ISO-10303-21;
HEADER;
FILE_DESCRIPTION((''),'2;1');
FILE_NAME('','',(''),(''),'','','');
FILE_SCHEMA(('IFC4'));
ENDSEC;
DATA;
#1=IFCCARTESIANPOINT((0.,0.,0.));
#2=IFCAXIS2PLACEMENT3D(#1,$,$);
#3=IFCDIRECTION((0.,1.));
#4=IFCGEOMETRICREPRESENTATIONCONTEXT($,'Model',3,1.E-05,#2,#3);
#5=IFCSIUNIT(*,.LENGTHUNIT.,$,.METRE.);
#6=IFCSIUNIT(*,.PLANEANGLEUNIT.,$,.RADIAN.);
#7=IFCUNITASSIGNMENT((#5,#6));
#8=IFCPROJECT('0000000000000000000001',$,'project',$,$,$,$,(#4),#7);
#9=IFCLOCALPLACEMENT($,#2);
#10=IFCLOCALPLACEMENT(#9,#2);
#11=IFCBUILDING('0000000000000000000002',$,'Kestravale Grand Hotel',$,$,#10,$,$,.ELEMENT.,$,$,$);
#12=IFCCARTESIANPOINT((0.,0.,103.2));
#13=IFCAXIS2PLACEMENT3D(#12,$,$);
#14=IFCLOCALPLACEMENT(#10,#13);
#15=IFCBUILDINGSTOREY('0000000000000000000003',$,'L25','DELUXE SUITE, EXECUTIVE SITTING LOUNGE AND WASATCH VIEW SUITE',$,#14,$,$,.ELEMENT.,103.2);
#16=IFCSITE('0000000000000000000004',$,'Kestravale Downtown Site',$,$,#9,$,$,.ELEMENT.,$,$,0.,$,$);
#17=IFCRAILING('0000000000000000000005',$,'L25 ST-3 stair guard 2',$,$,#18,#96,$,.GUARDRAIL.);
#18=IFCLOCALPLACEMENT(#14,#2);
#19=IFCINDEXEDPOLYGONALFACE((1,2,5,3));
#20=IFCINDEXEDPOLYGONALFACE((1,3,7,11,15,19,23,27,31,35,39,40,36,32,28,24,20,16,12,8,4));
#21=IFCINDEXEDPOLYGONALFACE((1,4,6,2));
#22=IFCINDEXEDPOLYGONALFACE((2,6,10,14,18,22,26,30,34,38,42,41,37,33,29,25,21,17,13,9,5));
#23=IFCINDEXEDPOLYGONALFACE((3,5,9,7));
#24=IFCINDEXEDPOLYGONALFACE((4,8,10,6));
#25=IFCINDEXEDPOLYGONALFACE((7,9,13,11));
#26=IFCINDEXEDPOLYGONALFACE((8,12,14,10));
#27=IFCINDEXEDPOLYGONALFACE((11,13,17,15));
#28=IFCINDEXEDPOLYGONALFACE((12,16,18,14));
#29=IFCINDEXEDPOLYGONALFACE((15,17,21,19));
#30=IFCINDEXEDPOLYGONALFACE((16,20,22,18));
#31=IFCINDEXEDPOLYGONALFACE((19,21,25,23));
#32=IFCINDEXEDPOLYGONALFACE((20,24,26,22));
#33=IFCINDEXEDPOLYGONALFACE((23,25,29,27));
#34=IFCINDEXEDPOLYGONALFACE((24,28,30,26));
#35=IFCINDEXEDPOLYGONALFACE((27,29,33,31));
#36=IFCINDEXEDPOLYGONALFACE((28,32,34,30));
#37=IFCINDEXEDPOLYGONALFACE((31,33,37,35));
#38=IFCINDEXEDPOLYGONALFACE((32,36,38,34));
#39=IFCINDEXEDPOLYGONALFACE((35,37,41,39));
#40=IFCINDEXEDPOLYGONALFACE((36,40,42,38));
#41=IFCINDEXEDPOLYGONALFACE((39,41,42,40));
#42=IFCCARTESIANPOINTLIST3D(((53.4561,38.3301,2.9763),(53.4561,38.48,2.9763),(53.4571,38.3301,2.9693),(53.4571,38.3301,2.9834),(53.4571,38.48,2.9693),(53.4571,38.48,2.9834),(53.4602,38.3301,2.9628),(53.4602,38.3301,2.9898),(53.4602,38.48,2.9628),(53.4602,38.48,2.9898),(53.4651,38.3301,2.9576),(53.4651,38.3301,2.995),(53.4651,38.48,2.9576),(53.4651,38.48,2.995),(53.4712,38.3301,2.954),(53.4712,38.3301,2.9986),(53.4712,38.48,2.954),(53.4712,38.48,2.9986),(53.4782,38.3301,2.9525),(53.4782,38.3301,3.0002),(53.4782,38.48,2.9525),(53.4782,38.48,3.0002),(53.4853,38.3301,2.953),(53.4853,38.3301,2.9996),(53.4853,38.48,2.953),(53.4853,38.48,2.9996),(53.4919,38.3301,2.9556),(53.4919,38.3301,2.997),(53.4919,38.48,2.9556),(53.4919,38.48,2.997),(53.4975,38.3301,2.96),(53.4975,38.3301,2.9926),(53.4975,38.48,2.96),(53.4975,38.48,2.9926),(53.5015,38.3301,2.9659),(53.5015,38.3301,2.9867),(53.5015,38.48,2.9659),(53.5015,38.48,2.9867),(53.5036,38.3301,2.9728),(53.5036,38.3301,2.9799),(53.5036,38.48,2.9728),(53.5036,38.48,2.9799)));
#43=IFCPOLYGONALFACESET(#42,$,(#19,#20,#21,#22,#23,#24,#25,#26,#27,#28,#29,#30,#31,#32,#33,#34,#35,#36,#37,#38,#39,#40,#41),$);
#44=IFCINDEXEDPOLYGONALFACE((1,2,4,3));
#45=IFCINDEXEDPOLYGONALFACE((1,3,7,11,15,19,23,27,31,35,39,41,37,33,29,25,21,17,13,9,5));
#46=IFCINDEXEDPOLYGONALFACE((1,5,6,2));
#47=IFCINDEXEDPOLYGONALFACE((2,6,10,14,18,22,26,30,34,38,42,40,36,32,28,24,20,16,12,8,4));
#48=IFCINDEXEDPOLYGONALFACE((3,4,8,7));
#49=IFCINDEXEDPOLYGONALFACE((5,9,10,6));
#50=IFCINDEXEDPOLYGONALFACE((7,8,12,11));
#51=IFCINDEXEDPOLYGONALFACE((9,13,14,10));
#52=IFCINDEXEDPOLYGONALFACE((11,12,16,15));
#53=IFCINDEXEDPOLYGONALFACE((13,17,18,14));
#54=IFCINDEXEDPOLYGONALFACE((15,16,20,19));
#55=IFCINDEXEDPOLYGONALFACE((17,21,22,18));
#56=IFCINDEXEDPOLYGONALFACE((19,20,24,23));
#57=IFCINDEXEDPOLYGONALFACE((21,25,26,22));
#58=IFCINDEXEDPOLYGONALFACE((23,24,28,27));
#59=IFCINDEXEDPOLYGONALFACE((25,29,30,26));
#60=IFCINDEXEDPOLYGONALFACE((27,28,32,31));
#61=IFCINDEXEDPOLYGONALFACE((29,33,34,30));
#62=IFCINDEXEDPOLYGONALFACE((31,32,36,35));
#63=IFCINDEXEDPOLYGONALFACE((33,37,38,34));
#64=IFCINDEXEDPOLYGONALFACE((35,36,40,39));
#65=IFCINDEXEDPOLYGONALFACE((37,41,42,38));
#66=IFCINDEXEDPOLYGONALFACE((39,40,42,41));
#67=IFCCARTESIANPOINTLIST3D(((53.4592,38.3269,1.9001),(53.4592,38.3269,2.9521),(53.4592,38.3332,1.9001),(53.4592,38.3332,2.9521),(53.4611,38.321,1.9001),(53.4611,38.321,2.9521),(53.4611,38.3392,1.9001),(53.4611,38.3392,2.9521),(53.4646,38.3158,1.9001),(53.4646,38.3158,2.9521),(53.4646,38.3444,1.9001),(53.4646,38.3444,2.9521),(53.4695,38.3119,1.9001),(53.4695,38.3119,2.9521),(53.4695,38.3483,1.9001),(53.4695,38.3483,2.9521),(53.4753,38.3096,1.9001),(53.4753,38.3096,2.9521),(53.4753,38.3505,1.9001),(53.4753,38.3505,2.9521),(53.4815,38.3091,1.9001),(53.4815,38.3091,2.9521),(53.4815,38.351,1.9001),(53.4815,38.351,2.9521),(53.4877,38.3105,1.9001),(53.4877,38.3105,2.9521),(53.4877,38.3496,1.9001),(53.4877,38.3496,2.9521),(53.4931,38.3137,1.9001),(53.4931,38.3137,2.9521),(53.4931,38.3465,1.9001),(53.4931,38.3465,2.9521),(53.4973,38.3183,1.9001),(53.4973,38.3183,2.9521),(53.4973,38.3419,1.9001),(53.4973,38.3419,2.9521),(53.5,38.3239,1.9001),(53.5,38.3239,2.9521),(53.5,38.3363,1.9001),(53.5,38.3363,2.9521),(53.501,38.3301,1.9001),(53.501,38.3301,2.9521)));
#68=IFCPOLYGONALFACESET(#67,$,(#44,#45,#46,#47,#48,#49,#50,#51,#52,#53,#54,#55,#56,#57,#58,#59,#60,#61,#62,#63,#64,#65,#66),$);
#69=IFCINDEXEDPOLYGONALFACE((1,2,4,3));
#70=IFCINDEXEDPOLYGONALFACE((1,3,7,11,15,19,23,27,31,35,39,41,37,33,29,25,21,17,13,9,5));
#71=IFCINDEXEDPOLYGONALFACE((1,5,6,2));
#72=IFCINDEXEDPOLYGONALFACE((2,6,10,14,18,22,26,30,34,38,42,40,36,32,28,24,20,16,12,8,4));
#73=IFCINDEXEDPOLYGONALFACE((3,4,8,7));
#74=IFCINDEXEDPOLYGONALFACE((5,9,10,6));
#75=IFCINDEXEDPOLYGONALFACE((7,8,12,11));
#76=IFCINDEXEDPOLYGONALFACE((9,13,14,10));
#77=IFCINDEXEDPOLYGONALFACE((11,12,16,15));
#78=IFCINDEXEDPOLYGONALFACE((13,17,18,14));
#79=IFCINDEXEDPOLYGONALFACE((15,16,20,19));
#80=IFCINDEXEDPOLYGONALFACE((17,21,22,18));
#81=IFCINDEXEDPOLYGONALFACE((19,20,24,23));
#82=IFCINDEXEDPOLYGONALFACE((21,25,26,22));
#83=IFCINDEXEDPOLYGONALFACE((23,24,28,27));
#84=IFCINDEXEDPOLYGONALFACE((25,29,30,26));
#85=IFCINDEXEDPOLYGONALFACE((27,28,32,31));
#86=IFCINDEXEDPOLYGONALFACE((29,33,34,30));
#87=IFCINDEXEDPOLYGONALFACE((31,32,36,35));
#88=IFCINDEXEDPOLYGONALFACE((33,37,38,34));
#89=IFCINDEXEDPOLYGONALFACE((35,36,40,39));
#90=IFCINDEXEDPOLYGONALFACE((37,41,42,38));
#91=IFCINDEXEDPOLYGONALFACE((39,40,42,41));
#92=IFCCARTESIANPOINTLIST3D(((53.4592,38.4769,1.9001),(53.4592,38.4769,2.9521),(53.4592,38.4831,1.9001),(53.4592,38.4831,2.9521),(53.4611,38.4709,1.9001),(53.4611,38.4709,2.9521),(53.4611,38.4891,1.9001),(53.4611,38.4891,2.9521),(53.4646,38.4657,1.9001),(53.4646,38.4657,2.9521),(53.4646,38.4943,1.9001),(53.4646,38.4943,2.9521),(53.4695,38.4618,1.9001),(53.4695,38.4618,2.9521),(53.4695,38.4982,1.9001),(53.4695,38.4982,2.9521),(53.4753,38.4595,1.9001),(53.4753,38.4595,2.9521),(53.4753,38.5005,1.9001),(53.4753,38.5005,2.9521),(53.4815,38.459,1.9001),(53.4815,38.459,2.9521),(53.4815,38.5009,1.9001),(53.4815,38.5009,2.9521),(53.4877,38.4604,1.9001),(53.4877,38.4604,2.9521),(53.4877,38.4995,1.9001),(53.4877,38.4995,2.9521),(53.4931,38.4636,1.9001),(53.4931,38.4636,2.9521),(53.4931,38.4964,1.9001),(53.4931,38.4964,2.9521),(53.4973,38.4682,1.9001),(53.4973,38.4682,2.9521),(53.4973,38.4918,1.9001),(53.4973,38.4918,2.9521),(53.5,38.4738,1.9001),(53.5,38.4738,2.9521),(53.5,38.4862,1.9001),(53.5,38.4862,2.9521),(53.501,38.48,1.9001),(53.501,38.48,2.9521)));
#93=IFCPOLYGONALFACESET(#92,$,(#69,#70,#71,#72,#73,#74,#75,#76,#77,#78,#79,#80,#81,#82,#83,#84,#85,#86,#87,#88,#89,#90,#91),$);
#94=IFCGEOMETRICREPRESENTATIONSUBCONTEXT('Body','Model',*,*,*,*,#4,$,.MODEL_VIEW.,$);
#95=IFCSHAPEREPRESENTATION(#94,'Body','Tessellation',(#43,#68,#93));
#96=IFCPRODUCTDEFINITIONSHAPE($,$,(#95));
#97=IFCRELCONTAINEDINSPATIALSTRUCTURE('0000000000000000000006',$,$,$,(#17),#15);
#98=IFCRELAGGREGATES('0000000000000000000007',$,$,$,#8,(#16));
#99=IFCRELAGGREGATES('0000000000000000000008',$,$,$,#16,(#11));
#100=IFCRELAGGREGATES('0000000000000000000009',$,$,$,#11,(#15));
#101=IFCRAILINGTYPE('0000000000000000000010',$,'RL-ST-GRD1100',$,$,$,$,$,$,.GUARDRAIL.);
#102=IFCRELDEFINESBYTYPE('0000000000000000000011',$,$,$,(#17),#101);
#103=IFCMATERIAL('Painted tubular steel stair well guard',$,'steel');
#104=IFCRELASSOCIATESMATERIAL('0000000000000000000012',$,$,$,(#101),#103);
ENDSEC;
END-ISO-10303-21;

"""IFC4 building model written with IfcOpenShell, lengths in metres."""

from ifc_helpers import new_model, si_unit, direction, frame, origin, origin_2d, place, context, subcontext, project, spatial, circle, extrude, material, type_object, element, save


model = new_model("IFC4")

# Units and contexts
model_context = context("Model", 3, precision=1e-05, world=origin(), true_north=direction((0.0, 1.0)))
body_context = subcontext(model_context, "Body", "Model", "MODEL_VIEW")
ifc_project = project(units=[si_unit("LENGTHUNIT", "METRE"), si_unit("PLANEANGLEUNIT", "RADIAN")], contexts=[model_context])

# Site, building, storey
site_placement = place(None, origin())
site = spatial("IfcSite", under=ifc_project, at=site_placement, Name="Kestravale Downtown Site", CompositionType="ELEMENT", RefElevation=0.0)
building_placement = place(site_placement, origin())
building = spatial("IfcBuilding", under=site, at=building_placement, Name="Kestravale Grand Hotel", CompositionType="ELEMENT")
storey_placement = place(building_placement, frame((0.0, 0.0, 103.2)))
storey = spatial("IfcBuildingStorey", under=building, at=storey_placement, Name="L25", Description="DELUXE SUITE, EXECUTIVE SITTING LOUNGE AND WASATCH VIEW SUITE", CompositionType="ELEMENT", Elevation=103.2)

# Railing
ifc_material_1 = material(Name="Painted tubular steel stair well guard", Category="steel")
railing_type_1 = type_object("IfcRailingType", Name="RL-ST-GRD1100", PredefinedType="GUARDRAIL", material=ifc_material_1)
railing_1_placement = place(storey_placement, frame((53.48, 38.3301, 1.9001)))
element("IfcRailing", 1, at=railing_1_placement, inside=storey, type_object=railing_type_1, Name="L25 ST-3 stair guard 2", PredefinedType="GUARDRAIL", context=body_context, shape_type="SweptSolid", body=[
    extrude(circle(Radius=0.0239, at=origin_2d()), frame((0.0, 0.0, 1.0762), z_axis=(0.0, 1.0, 0.0), x_axis=(-1.0, 0.0, 0.0)), (0.0, 0.0, 1.0), 0.1499),
    extrude(circle(Radius=0.021, at=origin_2d()), origin(), (0.0, 0.0, 1.0), 1.052),
    extrude(circle(Radius=0.021, at=origin_2d()), frame((0.0, 0.1499, 0.0)), (0.0, 0.0, 1.0), 1.052),
])

save(model, "model.ifc")
